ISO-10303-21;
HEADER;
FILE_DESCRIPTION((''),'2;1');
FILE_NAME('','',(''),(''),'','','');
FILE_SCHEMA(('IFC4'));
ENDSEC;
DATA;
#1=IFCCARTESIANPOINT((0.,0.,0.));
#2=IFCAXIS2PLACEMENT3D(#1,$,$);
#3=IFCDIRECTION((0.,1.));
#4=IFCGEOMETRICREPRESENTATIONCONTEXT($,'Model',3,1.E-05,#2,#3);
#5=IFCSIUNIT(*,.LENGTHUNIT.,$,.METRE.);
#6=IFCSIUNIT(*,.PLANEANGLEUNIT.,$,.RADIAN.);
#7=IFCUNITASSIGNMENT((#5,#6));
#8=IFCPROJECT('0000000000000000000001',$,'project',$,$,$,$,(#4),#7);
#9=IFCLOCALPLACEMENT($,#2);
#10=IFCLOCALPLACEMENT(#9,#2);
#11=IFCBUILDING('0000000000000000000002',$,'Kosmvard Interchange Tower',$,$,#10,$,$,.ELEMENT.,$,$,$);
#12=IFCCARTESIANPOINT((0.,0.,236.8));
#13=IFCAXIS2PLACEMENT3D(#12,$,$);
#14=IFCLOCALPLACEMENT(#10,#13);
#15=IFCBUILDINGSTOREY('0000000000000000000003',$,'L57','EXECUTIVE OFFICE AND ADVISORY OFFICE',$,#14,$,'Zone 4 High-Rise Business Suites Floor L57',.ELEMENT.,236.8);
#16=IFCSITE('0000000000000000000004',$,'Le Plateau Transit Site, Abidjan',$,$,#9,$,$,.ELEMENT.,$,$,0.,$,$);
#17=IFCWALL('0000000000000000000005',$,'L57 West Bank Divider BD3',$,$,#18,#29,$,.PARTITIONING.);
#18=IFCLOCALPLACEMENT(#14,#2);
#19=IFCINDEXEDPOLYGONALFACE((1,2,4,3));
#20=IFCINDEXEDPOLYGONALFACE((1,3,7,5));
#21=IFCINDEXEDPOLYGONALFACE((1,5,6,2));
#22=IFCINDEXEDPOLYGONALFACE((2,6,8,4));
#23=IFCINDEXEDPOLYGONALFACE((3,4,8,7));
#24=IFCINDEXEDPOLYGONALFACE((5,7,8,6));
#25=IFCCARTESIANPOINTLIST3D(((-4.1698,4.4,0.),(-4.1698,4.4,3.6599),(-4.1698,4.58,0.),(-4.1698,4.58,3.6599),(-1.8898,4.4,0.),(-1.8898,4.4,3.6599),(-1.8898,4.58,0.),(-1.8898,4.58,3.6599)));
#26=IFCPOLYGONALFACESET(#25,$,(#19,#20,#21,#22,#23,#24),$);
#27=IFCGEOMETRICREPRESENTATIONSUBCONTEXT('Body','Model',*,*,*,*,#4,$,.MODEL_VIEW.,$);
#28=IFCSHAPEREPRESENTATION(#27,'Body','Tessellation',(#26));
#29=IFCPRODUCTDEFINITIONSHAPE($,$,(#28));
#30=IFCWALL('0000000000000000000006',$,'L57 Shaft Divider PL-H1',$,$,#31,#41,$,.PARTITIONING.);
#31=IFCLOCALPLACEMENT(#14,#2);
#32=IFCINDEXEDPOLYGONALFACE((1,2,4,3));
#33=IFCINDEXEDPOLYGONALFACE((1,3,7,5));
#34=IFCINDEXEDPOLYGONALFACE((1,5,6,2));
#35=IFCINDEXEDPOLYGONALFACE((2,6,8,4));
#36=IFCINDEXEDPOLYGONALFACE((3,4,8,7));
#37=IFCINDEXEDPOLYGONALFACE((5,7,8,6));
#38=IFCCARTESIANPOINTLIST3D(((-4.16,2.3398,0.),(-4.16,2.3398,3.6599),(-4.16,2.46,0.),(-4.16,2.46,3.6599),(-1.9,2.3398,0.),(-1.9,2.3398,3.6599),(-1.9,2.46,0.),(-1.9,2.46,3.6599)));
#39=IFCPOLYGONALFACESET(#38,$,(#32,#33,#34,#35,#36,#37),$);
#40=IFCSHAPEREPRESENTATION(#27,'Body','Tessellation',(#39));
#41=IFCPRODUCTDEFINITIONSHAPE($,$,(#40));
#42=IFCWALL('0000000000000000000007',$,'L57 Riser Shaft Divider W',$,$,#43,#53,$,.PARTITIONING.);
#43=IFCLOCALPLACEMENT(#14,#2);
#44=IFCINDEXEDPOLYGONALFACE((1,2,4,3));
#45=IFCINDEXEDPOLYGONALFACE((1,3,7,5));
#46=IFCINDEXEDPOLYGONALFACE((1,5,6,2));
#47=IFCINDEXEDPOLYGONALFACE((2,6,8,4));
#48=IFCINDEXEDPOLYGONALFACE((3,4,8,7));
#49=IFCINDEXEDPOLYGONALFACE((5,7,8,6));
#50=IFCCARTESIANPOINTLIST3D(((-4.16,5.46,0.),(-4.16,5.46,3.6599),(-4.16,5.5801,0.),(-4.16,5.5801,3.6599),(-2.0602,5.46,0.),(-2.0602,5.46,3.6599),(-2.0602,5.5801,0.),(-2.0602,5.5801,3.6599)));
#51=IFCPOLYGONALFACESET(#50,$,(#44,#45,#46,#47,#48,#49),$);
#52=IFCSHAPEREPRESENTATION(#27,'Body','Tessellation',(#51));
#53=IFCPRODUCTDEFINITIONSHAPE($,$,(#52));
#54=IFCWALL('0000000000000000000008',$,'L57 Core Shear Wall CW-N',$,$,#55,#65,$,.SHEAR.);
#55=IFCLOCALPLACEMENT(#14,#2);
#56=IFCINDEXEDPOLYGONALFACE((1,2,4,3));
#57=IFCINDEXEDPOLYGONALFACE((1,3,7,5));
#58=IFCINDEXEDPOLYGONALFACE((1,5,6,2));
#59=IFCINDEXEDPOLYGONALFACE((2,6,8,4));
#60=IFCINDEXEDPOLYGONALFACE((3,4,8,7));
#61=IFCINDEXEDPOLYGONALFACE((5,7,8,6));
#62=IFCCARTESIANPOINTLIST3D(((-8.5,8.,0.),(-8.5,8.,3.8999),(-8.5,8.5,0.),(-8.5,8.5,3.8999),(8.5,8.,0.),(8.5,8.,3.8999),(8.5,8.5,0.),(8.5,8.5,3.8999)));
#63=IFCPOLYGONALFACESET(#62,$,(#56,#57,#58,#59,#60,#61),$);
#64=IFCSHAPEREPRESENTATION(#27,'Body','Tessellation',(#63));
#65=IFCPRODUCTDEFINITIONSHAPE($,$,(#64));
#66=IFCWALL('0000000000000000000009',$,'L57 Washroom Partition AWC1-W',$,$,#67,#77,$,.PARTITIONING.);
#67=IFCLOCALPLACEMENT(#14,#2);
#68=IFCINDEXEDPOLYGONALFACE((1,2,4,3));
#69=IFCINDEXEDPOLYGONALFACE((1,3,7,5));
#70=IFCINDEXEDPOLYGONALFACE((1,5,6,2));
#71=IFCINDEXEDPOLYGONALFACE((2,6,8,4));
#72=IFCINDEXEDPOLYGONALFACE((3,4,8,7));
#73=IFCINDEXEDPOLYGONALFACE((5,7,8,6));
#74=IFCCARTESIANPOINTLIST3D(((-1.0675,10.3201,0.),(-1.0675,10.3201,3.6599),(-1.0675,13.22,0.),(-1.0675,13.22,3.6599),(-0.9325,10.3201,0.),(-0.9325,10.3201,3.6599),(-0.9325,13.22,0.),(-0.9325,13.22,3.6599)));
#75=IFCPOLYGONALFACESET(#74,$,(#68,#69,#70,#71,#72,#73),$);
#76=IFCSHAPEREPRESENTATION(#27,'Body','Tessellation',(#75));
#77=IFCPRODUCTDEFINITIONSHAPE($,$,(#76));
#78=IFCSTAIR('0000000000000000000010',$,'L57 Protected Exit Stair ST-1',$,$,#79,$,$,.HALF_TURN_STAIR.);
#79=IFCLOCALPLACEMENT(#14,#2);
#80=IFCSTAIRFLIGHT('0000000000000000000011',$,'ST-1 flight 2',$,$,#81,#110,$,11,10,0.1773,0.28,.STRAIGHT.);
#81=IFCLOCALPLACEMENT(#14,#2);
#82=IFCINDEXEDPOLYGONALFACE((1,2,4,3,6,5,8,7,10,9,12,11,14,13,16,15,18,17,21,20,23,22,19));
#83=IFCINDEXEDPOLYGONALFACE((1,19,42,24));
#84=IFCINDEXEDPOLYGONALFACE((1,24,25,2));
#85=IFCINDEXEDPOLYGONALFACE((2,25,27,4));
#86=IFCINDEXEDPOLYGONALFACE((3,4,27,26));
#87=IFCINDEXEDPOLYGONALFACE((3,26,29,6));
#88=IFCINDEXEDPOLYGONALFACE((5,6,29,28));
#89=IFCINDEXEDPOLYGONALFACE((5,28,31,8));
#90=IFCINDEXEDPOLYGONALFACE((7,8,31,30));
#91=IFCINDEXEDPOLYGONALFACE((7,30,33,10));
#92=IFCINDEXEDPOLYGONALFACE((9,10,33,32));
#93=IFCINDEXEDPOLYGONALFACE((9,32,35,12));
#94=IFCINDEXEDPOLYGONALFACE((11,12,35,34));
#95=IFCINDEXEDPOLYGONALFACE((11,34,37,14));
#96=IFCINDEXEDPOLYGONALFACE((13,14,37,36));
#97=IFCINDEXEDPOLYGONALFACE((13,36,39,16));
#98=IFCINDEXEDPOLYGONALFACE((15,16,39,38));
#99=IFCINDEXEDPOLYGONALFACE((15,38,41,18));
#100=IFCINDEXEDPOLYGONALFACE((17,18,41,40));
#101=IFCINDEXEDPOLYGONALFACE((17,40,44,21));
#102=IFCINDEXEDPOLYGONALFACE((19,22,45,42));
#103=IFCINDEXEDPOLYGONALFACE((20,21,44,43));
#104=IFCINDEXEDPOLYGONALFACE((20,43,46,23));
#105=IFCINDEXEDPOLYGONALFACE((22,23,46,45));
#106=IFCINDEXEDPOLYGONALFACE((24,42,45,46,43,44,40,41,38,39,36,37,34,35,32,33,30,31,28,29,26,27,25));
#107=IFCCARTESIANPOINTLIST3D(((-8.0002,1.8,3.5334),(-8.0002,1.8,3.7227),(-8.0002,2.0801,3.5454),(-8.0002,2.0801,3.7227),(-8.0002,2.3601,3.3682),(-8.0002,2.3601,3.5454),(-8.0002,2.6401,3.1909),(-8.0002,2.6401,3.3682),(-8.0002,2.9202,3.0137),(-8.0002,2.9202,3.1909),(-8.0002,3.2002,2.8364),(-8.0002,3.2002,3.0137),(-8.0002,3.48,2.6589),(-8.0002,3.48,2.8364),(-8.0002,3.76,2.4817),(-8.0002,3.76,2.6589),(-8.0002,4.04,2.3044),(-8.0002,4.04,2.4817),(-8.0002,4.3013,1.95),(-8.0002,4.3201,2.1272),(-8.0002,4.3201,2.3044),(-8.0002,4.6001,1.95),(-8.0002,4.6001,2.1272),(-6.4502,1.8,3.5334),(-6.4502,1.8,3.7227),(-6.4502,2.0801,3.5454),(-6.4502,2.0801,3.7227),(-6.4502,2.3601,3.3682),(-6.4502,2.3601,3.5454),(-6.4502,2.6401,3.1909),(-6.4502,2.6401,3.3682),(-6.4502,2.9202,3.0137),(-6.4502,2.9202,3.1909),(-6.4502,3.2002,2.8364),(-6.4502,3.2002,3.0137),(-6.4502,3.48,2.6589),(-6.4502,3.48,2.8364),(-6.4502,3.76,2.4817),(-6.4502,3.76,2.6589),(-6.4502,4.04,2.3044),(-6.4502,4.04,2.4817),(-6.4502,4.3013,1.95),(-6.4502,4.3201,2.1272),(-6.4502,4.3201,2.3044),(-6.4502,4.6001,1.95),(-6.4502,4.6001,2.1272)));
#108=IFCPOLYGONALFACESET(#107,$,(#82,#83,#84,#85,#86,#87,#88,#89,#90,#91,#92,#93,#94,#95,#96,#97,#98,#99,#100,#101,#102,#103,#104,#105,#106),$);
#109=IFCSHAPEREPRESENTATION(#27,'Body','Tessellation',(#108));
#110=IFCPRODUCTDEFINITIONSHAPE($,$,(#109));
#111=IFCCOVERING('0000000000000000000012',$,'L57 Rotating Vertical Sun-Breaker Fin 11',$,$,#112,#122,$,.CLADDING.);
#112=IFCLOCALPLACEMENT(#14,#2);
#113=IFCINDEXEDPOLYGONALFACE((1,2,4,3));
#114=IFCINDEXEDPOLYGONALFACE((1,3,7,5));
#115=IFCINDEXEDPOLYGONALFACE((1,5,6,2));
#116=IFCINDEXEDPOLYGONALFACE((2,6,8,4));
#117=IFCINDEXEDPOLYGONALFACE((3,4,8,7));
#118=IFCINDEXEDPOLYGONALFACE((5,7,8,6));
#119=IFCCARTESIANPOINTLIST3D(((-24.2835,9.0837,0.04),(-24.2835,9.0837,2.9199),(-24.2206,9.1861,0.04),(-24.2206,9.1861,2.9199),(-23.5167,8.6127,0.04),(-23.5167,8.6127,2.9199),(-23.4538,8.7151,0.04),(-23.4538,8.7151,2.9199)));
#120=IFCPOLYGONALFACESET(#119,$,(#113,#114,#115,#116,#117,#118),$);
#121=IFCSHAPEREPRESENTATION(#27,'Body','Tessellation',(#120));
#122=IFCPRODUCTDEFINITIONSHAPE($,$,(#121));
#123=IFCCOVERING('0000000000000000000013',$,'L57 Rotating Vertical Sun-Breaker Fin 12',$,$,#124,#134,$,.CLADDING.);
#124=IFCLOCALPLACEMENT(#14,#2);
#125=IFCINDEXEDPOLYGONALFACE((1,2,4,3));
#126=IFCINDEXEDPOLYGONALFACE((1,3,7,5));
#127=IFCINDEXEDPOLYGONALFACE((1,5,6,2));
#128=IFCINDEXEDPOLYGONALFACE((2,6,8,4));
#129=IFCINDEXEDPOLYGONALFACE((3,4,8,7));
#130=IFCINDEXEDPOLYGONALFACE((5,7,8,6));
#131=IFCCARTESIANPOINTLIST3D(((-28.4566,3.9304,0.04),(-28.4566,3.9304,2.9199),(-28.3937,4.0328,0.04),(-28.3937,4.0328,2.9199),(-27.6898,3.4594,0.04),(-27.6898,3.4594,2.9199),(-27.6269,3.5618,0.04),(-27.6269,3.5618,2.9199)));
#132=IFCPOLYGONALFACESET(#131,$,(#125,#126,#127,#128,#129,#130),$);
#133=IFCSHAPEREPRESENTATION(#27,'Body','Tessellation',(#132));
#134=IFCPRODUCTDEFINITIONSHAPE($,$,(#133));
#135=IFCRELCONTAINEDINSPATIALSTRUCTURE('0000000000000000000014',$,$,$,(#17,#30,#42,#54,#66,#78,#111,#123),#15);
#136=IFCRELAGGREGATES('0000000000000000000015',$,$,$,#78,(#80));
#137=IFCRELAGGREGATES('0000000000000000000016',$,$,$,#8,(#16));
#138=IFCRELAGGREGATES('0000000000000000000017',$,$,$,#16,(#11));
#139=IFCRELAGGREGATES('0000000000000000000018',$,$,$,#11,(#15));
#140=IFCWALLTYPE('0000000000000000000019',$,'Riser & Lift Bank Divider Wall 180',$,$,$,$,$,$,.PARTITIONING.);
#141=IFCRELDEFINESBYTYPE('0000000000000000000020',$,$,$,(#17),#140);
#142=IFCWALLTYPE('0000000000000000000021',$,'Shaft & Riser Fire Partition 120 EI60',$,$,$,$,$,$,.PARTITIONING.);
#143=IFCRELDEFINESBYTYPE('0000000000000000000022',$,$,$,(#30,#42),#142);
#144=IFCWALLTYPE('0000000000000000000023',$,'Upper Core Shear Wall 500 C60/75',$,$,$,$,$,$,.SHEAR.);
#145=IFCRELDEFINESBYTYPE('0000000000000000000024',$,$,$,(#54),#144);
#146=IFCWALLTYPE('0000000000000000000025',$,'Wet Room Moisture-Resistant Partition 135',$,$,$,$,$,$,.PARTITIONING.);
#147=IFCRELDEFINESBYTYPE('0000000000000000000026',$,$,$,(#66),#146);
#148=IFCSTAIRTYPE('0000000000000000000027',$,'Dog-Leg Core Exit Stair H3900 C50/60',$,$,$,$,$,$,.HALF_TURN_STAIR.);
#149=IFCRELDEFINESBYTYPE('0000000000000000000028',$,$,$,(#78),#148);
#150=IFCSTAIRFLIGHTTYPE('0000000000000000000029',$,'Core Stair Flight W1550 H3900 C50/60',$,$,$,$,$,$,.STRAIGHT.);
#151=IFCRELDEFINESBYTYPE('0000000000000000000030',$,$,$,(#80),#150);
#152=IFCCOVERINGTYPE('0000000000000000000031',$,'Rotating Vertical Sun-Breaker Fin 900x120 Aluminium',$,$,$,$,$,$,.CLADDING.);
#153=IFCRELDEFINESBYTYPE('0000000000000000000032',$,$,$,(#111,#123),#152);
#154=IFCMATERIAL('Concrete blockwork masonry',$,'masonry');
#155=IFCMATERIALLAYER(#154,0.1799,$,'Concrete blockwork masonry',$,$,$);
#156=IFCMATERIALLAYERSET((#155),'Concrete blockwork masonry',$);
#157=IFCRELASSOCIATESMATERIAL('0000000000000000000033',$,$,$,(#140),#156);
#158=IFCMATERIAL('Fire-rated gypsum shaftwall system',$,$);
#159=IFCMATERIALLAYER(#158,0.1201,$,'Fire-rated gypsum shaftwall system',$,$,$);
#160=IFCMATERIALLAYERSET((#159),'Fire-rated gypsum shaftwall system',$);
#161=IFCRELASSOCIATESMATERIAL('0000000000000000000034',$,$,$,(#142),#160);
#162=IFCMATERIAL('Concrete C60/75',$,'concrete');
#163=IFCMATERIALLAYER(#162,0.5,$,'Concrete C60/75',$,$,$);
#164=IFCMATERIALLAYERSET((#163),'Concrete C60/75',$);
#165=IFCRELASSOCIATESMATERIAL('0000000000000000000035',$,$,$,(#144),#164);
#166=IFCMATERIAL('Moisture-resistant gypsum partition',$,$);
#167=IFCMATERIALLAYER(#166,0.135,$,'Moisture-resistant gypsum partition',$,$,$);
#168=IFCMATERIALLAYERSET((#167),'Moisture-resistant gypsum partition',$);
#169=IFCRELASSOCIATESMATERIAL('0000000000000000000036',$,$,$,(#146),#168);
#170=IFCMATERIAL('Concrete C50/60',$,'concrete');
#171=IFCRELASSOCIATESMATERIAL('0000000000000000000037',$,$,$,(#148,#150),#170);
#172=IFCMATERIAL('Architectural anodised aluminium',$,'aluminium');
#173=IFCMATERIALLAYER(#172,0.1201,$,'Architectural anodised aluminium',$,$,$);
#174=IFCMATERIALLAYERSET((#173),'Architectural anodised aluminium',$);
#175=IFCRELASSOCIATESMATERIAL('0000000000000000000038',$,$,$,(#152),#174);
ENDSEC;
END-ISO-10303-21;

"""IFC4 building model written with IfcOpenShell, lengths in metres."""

from ifc_helpers import new_model, si_unit, direction, frame, frame_2d, origin, origin_2d, place, context, subcontext, project, spatial, polyline, rectangle, outline, extrude, source, transform, mapped, material, layer, layer_set, type_object, element, aggregate, save


model = new_model("IFC4")

# Units and contexts
model_context = context("Model", 3, precision=1e-05, world=origin(), true_north=direction((0.0, 1.0)))
body_context = subcontext(model_context, "Body", "Model", "MODEL_VIEW")
ifc_project = project(units=[si_unit("LENGTHUNIT", "METRE"), si_unit("PLANEANGLEUNIT", "RADIAN")], contexts=[model_context])

# Site, building, storey
site_placement = place(None, origin())
site = spatial("IfcSite", under=ifc_project, at=site_placement, Name="Le Plateau Transit Site, Abidjan", CompositionType="ELEMENT", RefElevation=0.0)
building_placement = place(site_placement, origin())
building = spatial("IfcBuilding", under=site, at=building_placement, Name="Kosmvard Interchange Tower", CompositionType="ELEMENT")
storey_placement = place(building_placement, frame((0.0, 0.0, 236.8)))
storey = spatial("IfcBuildingStorey", under=building, at=storey_placement, Name="L57", Description="EXECUTIVE OFFICE AND ADVISORY OFFICE", LongName="Zone 4 High-Rise Business Suites Floor L57", CompositionType="ELEMENT", Elevation=236.8)

# Shared definitions
ifc_material_1 = material(Name="Concrete C60/75", Category="concrete")

# Walls
ifc_material_2 = material(Name="Concrete blockwork masonry", Category="masonry")
ifc_layer_1 = layer(ifc_material_2, 0.1799, Name="Concrete blockwork masonry")
ifc_layer_set_1 = layer_set([ifc_layer_1], Name="Concrete blockwork masonry")
wall_type_1 = type_object("IfcWallType", Name="Riser & Lift Bank Divider Wall 180", PredefinedType="PARTITIONING", material=ifc_layer_set_1)
wall_1_placement = place(storey_placement, frame((-4.1699, 4.49, 0.0), z_axis=(0.0, 0.0, 1.0), x_axis=(1.0, 0.0, 0.0)))
element("IfcWall", 1, at=wall_1_placement, inside=storey, type_object=wall_type_1, Name="L57 West Bank Divider BD3", PredefinedType="PARTITIONING", context=body_context, shape_type="SweptSolid", body=[
    extrude(rectangle(XDim=2.28, YDim=0.1799, at=frame_2d((1.1401, 0.0))), origin(), (0.0, 0.0, 1.0), 3.6599),
])
ifc_material_3 = material(Name="Fire-rated gypsum shaftwall system")
ifc_layer_2 = layer(ifc_material_3, 0.1201, Name="Fire-rated gypsum shaftwall system")
ifc_layer_set_2 = layer_set([ifc_layer_2], Name="Fire-rated gypsum shaftwall system")
wall_type_2 = type_object("IfcWallType", Name="Shaft & Riser Fire Partition 120 EI60", PredefinedType="PARTITIONING", material=ifc_layer_set_2)
wall_2_placement = place(storey_placement, frame((-4.1599, 2.3999, 0.0), z_axis=(0.0, 0.0, 1.0), x_axis=(1.0, 0.0, 0.0)))
element("IfcWall", 2, at=wall_2_placement, inside=storey, type_object=wall_type_2, Name="L57 Shaft Divider PL-H1", PredefinedType="PARTITIONING", context=body_context, shape_type="SweptSolid", body=[
    extrude(rectangle(XDim=2.26, YDim=0.1201, at=frame_2d((1.1299, 0.0))), origin(), (0.0, 0.0, 1.0), 3.6599),
])
wall_3_placement = place(storey_placement, frame((-4.1599, 5.52, 0.0), z_axis=(0.0, 0.0, 1.0), x_axis=(1.0, 0.0, 0.0)))
element("IfcWall", 3, at=wall_3_placement, inside=storey, type_object=wall_type_2, Name="L57 Riser Shaft Divider W", PredefinedType="PARTITIONING", context=body_context, shape_type="SweptSolid", body=[
    extrude(rectangle(XDim=2.0999, YDim=0.1201, at=frame_2d((1.0498, 0.0))), origin(), (0.0, 0.0, 1.0), 3.6599),
])
ifc_layer_3 = layer(ifc_material_1, 0.5, Name="Concrete C60/75")
ifc_layer_set_3 = layer_set([ifc_layer_3], Name="Concrete C60/75")
wall_type_3 = type_object("IfcWallType", Name="Upper Core Shear Wall 500 C60/75", PredefinedType="SHEAR", material=ifc_layer_set_3)
wall_4_placement = place(storey_placement, frame((-8.5, 8.25, 0.0), z_axis=(0.0, 0.0, 1.0), x_axis=(1.0, 0.0, 0.0)))
element("IfcWall", 4, at=wall_4_placement, inside=storey, type_object=wall_type_3, Name="L57 Core Shear Wall CW-N", PredefinedType="SHEAR", context=body_context, shape_type="SweptSolid", body=[
    extrude(rectangle(XDim=17.0, YDim=0.5, at=frame_2d((8.5, 0.0))), origin(), (0.0, 0.0, 1.0), 3.8999),
])
ifc_material_4 = material(Name="Moisture-resistant gypsum partition")
ifc_layer_4 = layer(ifc_material_4, 0.135, Name="Moisture-resistant gypsum partition")
ifc_layer_set_4 = layer_set([ifc_layer_4], Name="Moisture-resistant gypsum partition")
wall_type_4 = type_object("IfcWallType", Name="Wet Room Moisture-Resistant Partition 135", PredefinedType="PARTITIONING", material=ifc_layer_set_4)
wall_5_placement = place(storey_placement, frame((-1.0, 10.3201, 0.0), z_axis=(0.0, 0.0, 1.0), x_axis=(0.0, 1.0, 0.0)))
element("IfcWall", 5, at=wall_5_placement, inside=storey, type_object=wall_type_4, Name="L57 Washroom Partition AWC1-W", PredefinedType="PARTITIONING", context=body_context, shape_type="SweptSolid", body=[
    extrude(rectangle(XDim=2.8999, YDim=0.135, at=frame_2d((1.45, 0.0))), origin(), (0.0, 0.0, 1.0), 3.6599),
])

# Stair, stair flight
ifc_material_5 = material(Name="Concrete C50/60", Category="concrete")
stair_type = type_object("IfcStairType", Name="Dog-Leg Core Exit Stair H3900 C50/60", PredefinedType="HALF_TURN_STAIR", material=ifc_material_5)
stair_placement = place(storey_placement, origin())
stair = element("IfcStair", 6, at=stair_placement, inside=storey, type_object=stair_type, Name="L57 Protected Exit Stair ST-1", PredefinedType="HALF_TURN_STAIR")
stair_flight_type = type_object("IfcStairFlightType", Name="Core Stair Flight W1550 H3900 C50/60", PredefinedType="STRAIGHT", material=ifc_material_5)
shared_shape_1 = source(origin(), body_context, "Body", "SweptSolid", [
    extrude(outline(polyline([(0.0, 0.0), (0.0, 0.1772), (0.28, 0.1772), (0.28, 0.3545), (0.5601, 0.3545), (0.5601, 0.5317), (0.8401, 0.5317), (0.8401, 0.709), (1.1201, 0.709), (1.1201, 0.8865), (1.3999, 0.8865), (1.3999, 1.0637), (1.6799, 1.0637), (1.6799, 1.241), (1.96, 1.241), (1.96, 1.4182), (2.24, 1.4182), (2.24, 1.5955), (2.52, 1.5955), (2.52, 1.7727), (2.8, 1.7727), (2.8, 1.95), (2.8, 1.5835), (0.2988, 0.0), (0.0, 0.0)])), frame((0.0, 0.7749, 0.0), z_axis=(0.0, -1.0, 0.0), x_axis=(1.0, 0.0, 0.0)), (0.0, 0.0, 1.0), 1.55),
])
stair_flight_placement = place(storey_placement, frame((-7.2251, 4.6001, 1.95), z_axis=(0.0, 0.0, 1.0), x_axis=(0.0, -1.0, 0.0)))
stair_flight = element("IfcStairFlight", 7, at=stair_flight_placement, type_object=stair_flight_type, Name="ST-1 flight 2", NumberOfRisers=11, NumberOfTreads=10, PredefinedType="STRAIGHT", RiserHeight=0.1773, TreadLength=0.28, context=body_context, shape_type="MappedRepresentation", body=[
    mapped(shared_shape_1, transform((0.0, 0.0, 0.0), scale=1.0)),
])
aggregate(stair, [stair_flight])

# Coverings
ifc_material_6 = material(Name="Architectural anodised aluminium", Category="aluminium")
ifc_layer_5 = layer(ifc_material_6, 0.1201, Name="Architectural anodised aluminium")
ifc_layer_set_5 = layer_set([ifc_layer_5], Name="Architectural anodised aluminium")
covering_type = type_object("IfcCoveringType", Name="Rotating Vertical Sun-Breaker Fin 900x120 Aluminium", PredefinedType="CLADDING", material=ifc_layer_set_5)
shared_shape_2 = source(origin(), body_context, "Body", "SweptSolid", [
    extrude(rectangle(XDim=0.8999, YDim=0.1201, at=origin_2d()), origin(), (0.0, 0.0, 1.0), 2.8799),
])
for number, where, z_axis, x_axis, name in (
    (8, (-23.8687, 8.8994, 0.04), (0.0, 0.0, 1.0), (-0.852093, 0.523391, 0.0), "L57 Rotating Vertical Sun-Breaker Fin 11"),
    (9, (-28.0417, 3.7461, 0.04), (0.0, 0.0, 1.0), (-0.852093, 0.523391, 0.0), "L57 Rotating Vertical Sun-Breaker Fin 12"),
):
    element("IfcCovering", number, at=place(storey_placement, frame(where, z_axis=z_axis, x_axis=x_axis)), inside=storey, type_object=covering_type, Name=name, PredefinedType="CLADDING", context=body_context, shape_type="MappedRepresentation", body=[
        mapped(shared_shape_2, transform((0.0, 0.0, 0.0), scale=1.0)),
    ])

save(model, "model.ifc")
